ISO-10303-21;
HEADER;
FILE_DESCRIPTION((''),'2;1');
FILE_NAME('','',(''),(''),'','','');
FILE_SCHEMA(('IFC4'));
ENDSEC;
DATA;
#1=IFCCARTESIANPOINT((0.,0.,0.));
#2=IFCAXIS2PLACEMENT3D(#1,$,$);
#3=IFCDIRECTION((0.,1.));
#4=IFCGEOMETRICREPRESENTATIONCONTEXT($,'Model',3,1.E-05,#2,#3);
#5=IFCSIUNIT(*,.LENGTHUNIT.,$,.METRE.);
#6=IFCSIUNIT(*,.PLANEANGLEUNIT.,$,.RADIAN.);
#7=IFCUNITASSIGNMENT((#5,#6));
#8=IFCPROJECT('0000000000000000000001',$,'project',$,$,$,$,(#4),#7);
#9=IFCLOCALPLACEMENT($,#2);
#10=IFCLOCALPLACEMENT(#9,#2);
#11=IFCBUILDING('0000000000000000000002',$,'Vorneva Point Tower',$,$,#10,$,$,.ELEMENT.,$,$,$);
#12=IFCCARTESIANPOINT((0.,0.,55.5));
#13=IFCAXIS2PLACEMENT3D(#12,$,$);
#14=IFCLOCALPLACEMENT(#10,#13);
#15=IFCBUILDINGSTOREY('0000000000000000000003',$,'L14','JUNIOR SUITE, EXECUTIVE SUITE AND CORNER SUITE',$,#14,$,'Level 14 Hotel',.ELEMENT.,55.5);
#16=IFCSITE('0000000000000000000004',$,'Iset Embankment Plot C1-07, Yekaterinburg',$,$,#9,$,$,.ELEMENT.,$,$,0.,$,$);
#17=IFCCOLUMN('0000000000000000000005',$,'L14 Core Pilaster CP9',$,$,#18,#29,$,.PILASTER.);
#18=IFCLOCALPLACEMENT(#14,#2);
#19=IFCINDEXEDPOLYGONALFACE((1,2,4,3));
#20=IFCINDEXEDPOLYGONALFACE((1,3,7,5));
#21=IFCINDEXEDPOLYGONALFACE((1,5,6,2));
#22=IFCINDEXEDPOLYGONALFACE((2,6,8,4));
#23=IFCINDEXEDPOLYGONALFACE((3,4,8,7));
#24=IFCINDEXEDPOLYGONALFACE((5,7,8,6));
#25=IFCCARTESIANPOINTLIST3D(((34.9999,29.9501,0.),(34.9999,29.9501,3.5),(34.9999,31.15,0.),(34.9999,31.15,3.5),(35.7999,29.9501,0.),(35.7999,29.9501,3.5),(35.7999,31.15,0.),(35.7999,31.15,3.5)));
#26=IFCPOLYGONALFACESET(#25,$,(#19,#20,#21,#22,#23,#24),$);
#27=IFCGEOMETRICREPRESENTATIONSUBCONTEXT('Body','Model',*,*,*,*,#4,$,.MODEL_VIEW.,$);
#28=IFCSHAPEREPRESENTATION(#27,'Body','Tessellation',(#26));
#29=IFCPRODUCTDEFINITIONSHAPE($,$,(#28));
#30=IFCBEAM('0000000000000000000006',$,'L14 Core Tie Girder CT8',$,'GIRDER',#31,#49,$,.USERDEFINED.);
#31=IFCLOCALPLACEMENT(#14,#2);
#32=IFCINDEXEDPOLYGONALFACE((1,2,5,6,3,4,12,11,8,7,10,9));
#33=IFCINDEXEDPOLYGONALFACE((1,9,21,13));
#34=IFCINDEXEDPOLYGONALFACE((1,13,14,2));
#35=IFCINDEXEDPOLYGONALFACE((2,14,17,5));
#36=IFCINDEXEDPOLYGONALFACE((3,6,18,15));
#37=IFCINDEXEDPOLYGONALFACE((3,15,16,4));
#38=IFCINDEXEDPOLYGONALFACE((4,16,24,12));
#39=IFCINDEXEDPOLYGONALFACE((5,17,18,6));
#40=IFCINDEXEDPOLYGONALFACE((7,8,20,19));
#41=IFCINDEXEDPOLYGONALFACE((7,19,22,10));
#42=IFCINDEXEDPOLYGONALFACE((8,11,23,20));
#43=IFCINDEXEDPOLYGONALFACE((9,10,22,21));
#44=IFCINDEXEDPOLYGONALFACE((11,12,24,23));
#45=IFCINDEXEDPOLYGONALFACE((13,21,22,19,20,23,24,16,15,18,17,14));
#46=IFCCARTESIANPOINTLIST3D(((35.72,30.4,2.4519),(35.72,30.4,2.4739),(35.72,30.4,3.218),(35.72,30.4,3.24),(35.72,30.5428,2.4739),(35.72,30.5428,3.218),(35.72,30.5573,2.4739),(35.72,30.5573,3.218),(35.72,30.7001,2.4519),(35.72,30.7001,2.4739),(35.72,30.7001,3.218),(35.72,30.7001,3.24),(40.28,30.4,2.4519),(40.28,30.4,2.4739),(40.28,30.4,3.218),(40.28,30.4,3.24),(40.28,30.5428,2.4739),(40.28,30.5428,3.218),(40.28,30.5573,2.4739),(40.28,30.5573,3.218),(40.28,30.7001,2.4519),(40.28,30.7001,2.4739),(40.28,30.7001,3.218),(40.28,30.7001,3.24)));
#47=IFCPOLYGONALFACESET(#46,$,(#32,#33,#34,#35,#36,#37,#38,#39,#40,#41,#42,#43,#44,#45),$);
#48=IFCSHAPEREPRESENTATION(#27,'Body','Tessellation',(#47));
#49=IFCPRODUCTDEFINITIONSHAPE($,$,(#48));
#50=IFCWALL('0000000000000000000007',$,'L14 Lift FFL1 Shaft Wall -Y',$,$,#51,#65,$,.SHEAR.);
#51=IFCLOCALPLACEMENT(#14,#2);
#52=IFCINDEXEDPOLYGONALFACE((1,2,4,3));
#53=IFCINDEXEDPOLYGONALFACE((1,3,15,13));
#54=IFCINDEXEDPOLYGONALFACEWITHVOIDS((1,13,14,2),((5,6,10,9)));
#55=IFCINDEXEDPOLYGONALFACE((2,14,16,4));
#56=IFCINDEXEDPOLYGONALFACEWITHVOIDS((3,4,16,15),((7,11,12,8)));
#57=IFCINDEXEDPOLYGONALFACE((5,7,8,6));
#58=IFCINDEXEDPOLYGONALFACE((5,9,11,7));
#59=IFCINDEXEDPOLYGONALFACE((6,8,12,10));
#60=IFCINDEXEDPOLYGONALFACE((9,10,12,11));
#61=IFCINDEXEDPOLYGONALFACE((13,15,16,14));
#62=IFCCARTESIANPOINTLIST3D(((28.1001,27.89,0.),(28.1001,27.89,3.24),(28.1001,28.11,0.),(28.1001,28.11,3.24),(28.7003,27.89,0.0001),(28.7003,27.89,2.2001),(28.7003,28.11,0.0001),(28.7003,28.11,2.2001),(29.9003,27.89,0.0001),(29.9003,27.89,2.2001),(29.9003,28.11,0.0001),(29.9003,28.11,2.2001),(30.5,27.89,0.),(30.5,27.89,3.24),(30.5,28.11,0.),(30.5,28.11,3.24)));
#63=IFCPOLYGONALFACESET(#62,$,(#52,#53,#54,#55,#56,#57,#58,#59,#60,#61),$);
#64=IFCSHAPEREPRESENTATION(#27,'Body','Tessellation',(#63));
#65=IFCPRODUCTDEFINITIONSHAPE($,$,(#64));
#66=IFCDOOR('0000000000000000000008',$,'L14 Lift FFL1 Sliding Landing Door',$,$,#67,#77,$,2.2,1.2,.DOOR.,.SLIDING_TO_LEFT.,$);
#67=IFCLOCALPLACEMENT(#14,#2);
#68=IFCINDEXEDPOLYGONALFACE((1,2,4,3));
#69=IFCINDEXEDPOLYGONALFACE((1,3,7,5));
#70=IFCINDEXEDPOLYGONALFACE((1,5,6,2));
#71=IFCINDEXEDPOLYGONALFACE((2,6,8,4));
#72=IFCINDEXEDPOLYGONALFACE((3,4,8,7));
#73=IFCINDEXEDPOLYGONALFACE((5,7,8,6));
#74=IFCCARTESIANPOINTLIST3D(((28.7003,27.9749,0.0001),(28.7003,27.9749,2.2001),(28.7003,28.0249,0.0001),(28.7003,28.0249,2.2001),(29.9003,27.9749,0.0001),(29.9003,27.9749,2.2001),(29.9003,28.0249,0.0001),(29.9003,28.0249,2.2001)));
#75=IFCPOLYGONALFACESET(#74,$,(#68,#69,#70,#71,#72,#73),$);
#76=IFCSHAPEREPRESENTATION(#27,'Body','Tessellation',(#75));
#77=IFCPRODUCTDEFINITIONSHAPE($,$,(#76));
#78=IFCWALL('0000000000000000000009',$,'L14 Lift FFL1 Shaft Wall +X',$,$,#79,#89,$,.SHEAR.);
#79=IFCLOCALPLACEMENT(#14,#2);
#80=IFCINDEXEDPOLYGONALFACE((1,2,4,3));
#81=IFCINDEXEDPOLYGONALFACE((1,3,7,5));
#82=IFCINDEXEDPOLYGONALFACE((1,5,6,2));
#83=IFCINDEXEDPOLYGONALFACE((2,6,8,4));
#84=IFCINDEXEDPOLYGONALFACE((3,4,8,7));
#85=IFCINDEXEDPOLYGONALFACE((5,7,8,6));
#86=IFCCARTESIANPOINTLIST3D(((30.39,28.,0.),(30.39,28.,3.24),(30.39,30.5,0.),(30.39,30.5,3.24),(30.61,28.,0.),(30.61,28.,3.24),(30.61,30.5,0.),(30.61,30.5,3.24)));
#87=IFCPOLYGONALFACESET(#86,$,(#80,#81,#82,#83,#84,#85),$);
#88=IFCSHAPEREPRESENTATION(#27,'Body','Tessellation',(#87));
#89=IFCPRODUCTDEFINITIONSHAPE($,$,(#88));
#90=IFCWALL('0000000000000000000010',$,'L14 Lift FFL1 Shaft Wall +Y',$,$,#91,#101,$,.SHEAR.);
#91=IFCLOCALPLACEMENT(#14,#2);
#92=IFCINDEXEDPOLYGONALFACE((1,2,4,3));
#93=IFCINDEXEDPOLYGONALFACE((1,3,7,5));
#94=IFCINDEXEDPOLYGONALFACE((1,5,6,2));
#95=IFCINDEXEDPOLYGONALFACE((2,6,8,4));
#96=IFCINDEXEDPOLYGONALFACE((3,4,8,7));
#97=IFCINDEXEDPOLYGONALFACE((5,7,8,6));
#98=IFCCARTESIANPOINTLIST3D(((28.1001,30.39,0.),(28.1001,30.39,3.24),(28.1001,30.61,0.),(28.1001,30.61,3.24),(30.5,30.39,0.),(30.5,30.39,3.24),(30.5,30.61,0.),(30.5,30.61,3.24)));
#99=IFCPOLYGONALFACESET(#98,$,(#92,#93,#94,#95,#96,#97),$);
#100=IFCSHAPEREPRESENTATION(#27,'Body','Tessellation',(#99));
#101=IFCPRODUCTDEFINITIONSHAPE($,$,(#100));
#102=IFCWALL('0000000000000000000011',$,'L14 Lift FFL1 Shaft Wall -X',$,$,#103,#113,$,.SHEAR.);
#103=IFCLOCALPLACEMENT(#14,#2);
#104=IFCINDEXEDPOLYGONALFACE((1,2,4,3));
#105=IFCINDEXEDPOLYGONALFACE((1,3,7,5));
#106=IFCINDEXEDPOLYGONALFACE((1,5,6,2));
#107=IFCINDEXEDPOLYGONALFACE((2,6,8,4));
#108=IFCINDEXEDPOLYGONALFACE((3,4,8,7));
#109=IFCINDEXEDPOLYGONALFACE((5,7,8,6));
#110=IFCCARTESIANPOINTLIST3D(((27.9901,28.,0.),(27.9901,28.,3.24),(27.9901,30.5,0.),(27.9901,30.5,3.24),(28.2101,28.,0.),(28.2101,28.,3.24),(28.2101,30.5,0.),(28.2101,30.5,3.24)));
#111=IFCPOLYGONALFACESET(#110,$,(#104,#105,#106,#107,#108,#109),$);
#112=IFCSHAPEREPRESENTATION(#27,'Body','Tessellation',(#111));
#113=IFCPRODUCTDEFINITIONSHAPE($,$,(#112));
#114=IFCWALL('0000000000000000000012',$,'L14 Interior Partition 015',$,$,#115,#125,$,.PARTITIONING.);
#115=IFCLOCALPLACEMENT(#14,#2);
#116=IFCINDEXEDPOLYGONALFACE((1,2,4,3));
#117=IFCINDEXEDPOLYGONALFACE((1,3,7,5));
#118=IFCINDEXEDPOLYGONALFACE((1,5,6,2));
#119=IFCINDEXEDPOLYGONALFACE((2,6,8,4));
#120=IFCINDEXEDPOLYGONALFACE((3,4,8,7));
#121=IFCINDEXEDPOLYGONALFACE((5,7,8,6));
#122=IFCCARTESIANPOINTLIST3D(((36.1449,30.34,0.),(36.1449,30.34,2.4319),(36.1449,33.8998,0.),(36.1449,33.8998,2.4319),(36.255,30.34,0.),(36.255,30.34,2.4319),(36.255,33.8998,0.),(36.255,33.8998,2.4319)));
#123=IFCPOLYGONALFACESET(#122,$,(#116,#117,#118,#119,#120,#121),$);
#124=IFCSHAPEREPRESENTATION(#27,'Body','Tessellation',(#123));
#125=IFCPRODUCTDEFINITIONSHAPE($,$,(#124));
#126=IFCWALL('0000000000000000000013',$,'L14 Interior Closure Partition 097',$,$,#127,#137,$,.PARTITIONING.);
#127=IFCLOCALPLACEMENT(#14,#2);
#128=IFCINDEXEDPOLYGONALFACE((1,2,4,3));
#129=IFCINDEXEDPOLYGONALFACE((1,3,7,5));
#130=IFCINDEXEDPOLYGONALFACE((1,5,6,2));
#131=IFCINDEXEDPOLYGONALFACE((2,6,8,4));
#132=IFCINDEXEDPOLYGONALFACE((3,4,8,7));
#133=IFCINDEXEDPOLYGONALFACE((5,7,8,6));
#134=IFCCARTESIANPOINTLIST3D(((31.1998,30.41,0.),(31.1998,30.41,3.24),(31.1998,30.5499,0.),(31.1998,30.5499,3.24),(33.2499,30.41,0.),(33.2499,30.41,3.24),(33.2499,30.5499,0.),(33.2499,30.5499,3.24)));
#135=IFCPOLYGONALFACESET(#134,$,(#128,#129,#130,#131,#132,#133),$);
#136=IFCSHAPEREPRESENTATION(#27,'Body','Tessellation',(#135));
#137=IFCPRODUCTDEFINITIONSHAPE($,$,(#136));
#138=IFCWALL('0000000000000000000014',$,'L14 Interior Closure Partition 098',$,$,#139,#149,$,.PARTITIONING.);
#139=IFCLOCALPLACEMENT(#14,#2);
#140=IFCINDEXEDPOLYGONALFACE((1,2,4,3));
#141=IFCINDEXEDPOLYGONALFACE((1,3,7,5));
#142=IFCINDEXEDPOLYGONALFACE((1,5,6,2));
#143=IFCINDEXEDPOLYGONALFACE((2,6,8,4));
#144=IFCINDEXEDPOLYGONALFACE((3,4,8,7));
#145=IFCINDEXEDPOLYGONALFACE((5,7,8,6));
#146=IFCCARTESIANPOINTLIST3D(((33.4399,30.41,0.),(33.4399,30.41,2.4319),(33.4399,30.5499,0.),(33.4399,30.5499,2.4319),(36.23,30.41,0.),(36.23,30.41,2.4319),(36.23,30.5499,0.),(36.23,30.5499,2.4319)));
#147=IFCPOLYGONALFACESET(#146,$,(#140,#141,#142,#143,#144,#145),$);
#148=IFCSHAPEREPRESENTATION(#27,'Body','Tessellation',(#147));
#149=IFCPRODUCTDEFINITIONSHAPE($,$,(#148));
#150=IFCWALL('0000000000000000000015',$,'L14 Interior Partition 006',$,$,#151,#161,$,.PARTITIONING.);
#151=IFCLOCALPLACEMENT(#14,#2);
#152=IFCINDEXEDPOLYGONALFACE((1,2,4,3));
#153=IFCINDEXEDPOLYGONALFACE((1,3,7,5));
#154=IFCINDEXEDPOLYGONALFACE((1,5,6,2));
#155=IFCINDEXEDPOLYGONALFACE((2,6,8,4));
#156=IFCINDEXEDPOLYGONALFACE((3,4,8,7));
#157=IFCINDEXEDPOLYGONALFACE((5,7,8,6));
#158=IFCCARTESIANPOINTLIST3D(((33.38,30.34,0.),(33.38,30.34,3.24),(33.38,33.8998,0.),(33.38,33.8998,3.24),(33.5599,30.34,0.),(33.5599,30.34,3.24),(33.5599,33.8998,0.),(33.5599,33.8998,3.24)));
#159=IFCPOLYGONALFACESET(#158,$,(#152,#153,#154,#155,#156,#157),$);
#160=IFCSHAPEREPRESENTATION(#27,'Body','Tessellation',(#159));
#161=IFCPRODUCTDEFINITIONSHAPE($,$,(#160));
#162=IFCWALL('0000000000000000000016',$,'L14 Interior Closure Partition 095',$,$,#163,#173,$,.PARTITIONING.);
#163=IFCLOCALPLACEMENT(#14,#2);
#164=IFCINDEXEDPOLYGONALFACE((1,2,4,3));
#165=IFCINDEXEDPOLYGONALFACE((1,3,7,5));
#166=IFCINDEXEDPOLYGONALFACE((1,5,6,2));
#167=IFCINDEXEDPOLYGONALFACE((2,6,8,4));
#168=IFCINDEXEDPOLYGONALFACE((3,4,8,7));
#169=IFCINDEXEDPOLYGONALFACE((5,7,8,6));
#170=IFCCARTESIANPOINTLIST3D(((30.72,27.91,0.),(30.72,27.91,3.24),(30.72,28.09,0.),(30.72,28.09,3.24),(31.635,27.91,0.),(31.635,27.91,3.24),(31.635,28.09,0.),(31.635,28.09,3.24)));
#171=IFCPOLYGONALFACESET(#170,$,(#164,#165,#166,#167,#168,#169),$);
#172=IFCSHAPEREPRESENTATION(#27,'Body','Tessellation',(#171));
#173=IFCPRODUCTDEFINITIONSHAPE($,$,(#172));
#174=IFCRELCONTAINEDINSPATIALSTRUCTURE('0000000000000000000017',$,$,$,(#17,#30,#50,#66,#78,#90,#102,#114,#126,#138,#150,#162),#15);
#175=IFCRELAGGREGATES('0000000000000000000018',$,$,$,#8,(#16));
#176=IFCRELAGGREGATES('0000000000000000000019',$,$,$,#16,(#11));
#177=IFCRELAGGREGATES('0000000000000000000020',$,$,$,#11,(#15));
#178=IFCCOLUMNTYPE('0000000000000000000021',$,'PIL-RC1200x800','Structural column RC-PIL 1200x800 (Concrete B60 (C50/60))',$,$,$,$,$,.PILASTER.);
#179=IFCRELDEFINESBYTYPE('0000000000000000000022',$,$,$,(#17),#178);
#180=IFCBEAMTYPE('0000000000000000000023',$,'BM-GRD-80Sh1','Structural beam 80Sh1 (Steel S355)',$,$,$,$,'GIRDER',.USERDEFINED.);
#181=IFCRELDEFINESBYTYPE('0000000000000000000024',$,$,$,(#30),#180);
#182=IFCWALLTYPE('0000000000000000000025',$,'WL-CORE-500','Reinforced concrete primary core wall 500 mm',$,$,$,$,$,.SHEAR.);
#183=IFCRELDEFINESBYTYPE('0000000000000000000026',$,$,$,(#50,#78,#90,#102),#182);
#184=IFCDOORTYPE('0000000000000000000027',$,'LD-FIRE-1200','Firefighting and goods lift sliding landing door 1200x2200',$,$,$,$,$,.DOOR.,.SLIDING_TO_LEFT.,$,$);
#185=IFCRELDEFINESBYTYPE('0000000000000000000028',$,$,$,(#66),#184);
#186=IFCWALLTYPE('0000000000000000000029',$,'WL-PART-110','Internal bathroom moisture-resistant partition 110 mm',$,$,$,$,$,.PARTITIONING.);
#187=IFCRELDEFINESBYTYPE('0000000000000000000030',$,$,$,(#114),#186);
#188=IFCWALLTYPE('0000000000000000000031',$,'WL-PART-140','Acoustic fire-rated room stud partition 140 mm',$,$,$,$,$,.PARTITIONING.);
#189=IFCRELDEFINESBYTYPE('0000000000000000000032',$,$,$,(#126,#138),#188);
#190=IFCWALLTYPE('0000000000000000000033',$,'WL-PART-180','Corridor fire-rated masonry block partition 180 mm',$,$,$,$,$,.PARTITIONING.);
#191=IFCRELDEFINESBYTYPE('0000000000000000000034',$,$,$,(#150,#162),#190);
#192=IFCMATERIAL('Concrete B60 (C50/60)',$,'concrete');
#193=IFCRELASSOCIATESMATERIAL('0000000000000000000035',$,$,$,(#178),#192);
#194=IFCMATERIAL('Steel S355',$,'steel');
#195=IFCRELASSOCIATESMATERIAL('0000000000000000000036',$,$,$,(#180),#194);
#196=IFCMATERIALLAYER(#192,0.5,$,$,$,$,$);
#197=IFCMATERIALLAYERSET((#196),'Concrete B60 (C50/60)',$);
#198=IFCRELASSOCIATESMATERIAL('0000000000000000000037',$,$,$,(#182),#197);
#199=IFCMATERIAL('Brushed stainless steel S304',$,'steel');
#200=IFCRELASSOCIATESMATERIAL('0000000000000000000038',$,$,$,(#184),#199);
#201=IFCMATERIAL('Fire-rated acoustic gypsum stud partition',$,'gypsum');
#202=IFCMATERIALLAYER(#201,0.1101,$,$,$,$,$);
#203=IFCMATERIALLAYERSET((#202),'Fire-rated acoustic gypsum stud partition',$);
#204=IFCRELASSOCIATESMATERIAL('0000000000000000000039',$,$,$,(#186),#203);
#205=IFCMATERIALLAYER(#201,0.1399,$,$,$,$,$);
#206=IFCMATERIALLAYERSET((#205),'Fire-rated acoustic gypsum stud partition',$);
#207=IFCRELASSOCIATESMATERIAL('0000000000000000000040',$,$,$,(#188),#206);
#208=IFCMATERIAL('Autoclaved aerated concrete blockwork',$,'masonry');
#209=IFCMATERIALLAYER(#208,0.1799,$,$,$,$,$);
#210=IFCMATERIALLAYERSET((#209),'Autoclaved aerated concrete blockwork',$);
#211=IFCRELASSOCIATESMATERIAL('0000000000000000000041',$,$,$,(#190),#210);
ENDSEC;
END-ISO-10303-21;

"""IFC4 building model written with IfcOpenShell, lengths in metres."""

from ifc_helpers import new_model, si_unit, direction, frame, frame_2d, origin, origin_2d, place, context, subcontext, project, spatial, rectangle, i_section, extrude, material, layer, layer_set, material_profile, profile_set, type_object, element, fill, save


model = new_model("IFC4")

# Units and contexts
model_context = context("Model", 3, precision=1e-05, world=origin(), true_north=direction((0.0, 1.0)))
body_context = subcontext(model_context, "Body", "Model", "MODEL_VIEW")
ifc_project = project(units=[si_unit("LENGTHUNIT", "METRE"), si_unit("PLANEANGLEUNIT", "RADIAN")], contexts=[model_context])

# Site, building, storey
site_placement = place(None, origin())
site = spatial("IfcSite", under=ifc_project, at=site_placement, Name="Iset Embankment Plot C1-07, Yekaterinburg", CompositionType="ELEMENT", RefElevation=0.0)
building_placement = place(site_placement, origin())
building = spatial("IfcBuilding", under=site, at=building_placement, Name="Vorneva Point Tower", CompositionType="ELEMENT")
storey_placement = place(building_placement, frame((0.0, 0.0, 55.5)))
storey = spatial("IfcBuildingStorey", under=building, at=storey_placement, Name="L14", Description="JUNIOR SUITE, EXECUTIVE SUITE AND CORNER SUITE", LongName="Level 14 Hotel", CompositionType="ELEMENT", Elevation=55.5)

# Column
ifc_material_1 = material(Name="Concrete B60 (C50/60)", Category="concrete")
ifc_material_profile_1 = material_profile(ifc_material_1, rectangle(XDim=0.8, YDim=1.2, at=origin_2d()), Name="RC-PIL 1200x800")
ifc_profile_set_1 = profile_set([ifc_material_profile_1], Name="Concrete B60 (C50/60)")
column_type = type_object("IfcColumnType", Name="PIL-RC1200x800", Description="Structural column RC-PIL 1200x800 (Concrete B60 (C50/60))", PredefinedType="PILASTER", material=ifc_profile_set_1)
column_placement = place(storey_placement, frame((35.3999, 30.55, 0.0), z_axis=(0.0, 0.0, 1.0), x_axis=(1.0, 0.0, 0.0)))
element("IfcColumn", 1, at=column_placement, inside=storey, type_object=column_type, Name="L14 Core Pilaster CP9", PredefinedType="PILASTER", context=body_context, shape_type="SweptSolid", body=[
    extrude(rectangle(XDim=0.8, YDim=1.2, at=origin_2d()), origin(), (0.0, 0.0, 1.0), 3.5),
])

# Beam
ifc_material_2 = material(Name="Steel S355", Category="steel")
ifc_material_profile_2 = material_profile(ifc_material_2, i_section(OverallWidth=0.3, OverallDepth=0.7881, WebThickness=0.0144, FlangeThickness=0.022, at=origin_2d()), Name="80Sh1")
ifc_profile_set_2 = profile_set([ifc_material_profile_2], Name="Steel S355")
beam_type = type_object("IfcBeamType", Name="BM-GRD-80Sh1", Description="Structural beam 80Sh1 (Steel S355)", ElementType="GIRDER", PredefinedType="USERDEFINED", material=ifc_profile_set_2)
beam_placement = place(storey_placement, frame((35.72, 30.55, 2.8459), z_axis=(1.0, 0.0, 0.0), x_axis=(0.0, 1.0, 0.0)))
element("IfcBeam", 2, at=beam_placement, inside=storey, type_object=beam_type, Name="L14 Core Tie Girder CT8", ObjectType="GIRDER", PredefinedType="USERDEFINED", context=body_context, shape_type="SweptSolid", body=[
    extrude(i_section(OverallWidth=0.3, OverallDepth=0.7881, WebThickness=0.0144, FlangeThickness=0.022, at=origin_2d()), origin(), (0.0, 0.0, 1.0), 4.5601),
])

# Wall, opening, door
ifc_layer_1 = layer(ifc_material_1, 0.5)
ifc_layer_set_1 = layer_set([ifc_layer_1], Name="Concrete B60 (C50/60)")
wall_type_1 = type_object("IfcWallType", Name="WL-CORE-500", Description="Reinforced concrete primary core wall 500 mm", PredefinedType="SHEAR", material=ifc_layer_set_1)
wall_1_placement = place(storey_placement, frame((28.1001, 28.0, 0.0), z_axis=(0.0, 0.0, 1.0), x_axis=(1.0, 0.0, 0.0)))
wall_1 = element("IfcWall", 3, at=wall_1_placement, inside=storey, type_object=wall_type_1, Name="L14 Lift FFL1 Shaft Wall -Y", PredefinedType="SHEAR", context=body_context, shape_type="SweptSolid", body=[
    extrude(rectangle(XDim=2.3999, YDim=0.22, at=frame_2d((1.2, 0.0))), origin(), (0.0, 0.0, 1.0), 3.24),
])
opening_1_placement = place(wall_1_placement, frame((0.6001, 0.0, 0.0)))
opening_1 = element("IfcOpeningElement", 4, at=opening_1_placement, cuts=wall_1, PredefinedType="OPENING", context=body_context, shape_type="SweptSolid", body=[
    extrude(rectangle(XDim=1.2, YDim=2.2, at=frame_2d((0.6001, 1.1001))), frame((0.0, 0.125, 0.0), z_axis=(0.0, -1.0, 0.0), x_axis=(1.0, 0.0, 0.0)), (0.0, 0.0, 1.0), 0.2498),
])
ifc_material_3 = material(Name="Brushed stainless steel S304", Category="steel")
door_type_1 = type_object("IfcDoorType", Name="LD-FIRE-1200", Description="Firefighting and goods lift sliding landing door 1200x2200", OperationType="SLIDING_TO_LEFT", PredefinedType="DOOR", material=ifc_material_3)
door_1_placement = place(opening_1_placement, origin())
door_1 = element("IfcDoor", 5, at=door_1_placement, inside=storey, type_object=door_type_1, Name="L14 Lift FFL1 Sliding Landing Door", OperationType="SLIDING_TO_LEFT", OverallHeight=2.2, OverallWidth=1.2, PredefinedType="DOOR", context=body_context, shape_type="SweptSolid", body=[
    extrude(rectangle(XDim=1.2, YDim=2.2, at=frame_2d((0.6001, 1.1001))), frame((0.0, 0.0249, 0.0), z_axis=(0.0, -1.0, 0.0), x_axis=(1.0, 0.0, 0.0)), (0.0, 0.0, 1.0), 0.05),
])
fill(opening_1, door_1)

# Walls
wall_2_placement = place(storey_placement, frame((30.5, 28.0, 0.0), z_axis=(0.0, 0.0, 1.0), x_axis=(0.0, 1.0, 0.0)))
element("IfcWall", 6, at=wall_2_placement, inside=storey, type_object=wall_type_1, Name="L14 Lift FFL1 Shaft Wall +X", PredefinedType="SHEAR", context=body_context, shape_type="SweptSolid", body=[
    extrude(rectangle(XDim=2.5, YDim=0.22, at=frame_2d((1.25, 0.0))), origin(), (0.0, 0.0, 1.0), 3.24),
])
wall_3_placement = place(storey_placement, frame((30.5, 30.5, 0.0), z_axis=(0.0, 0.0, 1.0), x_axis=(-1.0, 0.0, 0.0)))
element("IfcWall", 7, at=wall_3_placement, inside=storey, type_object=wall_type_1, Name="L14 Lift FFL1 Shaft Wall +Y", PredefinedType="SHEAR", context=body_context, shape_type="SweptSolid", body=[
    extrude(rectangle(XDim=2.3999, YDim=0.22, at=frame_2d((1.2, 0.0))), origin(), (0.0, 0.0, 1.0), 3.24),
])
wall_4_placement = place(storey_placement, frame((28.1001, 30.5, 0.0), z_axis=(0.0, 0.0, 1.0), x_axis=(0.0, -1.0, 0.0)))
element("IfcWall", 8, at=wall_4_placement, inside=storey, type_object=wall_type_1, Name="L14 Lift FFL1 Shaft Wall -X", PredefinedType="SHEAR", context=body_context, shape_type="SweptSolid", body=[
    extrude(rectangle(XDim=2.5, YDim=0.22, at=frame_2d((1.25, 0.0))), origin(), (0.0, 0.0, 1.0), 3.24),
])
ifc_material_4 = material(Name="Fire-rated acoustic gypsum stud partition", Category="gypsum")
ifc_layer_2 = layer(ifc_material_4, 0.1101)
ifc_layer_set_2 = layer_set([ifc_layer_2], Name="Fire-rated acoustic gypsum stud partition")
wall_type_2 = type_object("IfcWallType", Name="WL-PART-110", Description="Internal bathroom moisture-resistant partition 110 mm", PredefinedType="PARTITIONING", material=ifc_layer_set_2)
wall_5_placement = place(storey_placement, frame((36.2, 30.3401, 0.0), z_axis=(0.0, 0.0, 1.0), x_axis=(0.0, 1.0, 0.0)))
element("IfcWall", 9, at=wall_5_placement, inside=storey, type_object=wall_type_2, Name="L14 Interior Partition 015", PredefinedType="PARTITIONING", context=body_context, shape_type="SweptSolid", body=[
    extrude(rectangle(XDim=3.5598, YDim=0.1101, at=frame_2d((1.7798, 0.0))), origin(), (0.0, 0.0, 1.0), 2.4319),
])
ifc_layer_3 = layer(ifc_material_4, 0.1399)
ifc_layer_set_3 = layer_set([ifc_layer_3], Name="Fire-rated acoustic gypsum stud partition")
wall_type_3 = type_object("IfcWallType", Name="WL-PART-140", Description="Acoustic fire-rated room stud partition 140 mm", PredefinedType="PARTITIONING", material=ifc_layer_set_3)
wall_6_placement = place(storey_placement, frame((31.2, 30.48, 0.0), z_axis=(0.0, 0.0, 1.0), x_axis=(1.0, 0.0, 0.0)))
element("IfcWall", 10, at=wall_6_placement, inside=storey, type_object=wall_type_3, Name="L14 Interior Closure Partition 097", PredefinedType="PARTITIONING", context=body_context, shape_type="SweptSolid", body=[
    extrude(rectangle(XDim=2.05, YDim=0.1399, at=frame_2d((1.0249, 0.0))), origin(), (0.0, 0.0, 1.0), 3.24),
])
wall_7_placement = place(storey_placement, frame((33.4399, 30.48, 0.0), z_axis=(0.0, 0.0, 1.0), x_axis=(1.0, 0.0, 0.0)))
element("IfcWall", 11, at=wall_7_placement, inside=storey, type_object=wall_type_3, Name="L14 Interior Closure Partition 098", PredefinedType="PARTITIONING", context=body_context, shape_type="SweptSolid", body=[
    extrude(rectangle(XDim=2.79, YDim=0.1399, at=frame_2d((1.395, 0.0))), origin(), (0.0, 0.0, 1.0), 2.4319),
])

# Shared definitions
ifc_material_5 = material(Name="Autoclaved aerated concrete blockwork", Category="masonry")
ifc_layer_4 = layer(ifc_material_5, 0.1799)
ifc_layer_set_4 = layer_set([ifc_layer_4], Name="Autoclaved aerated concrete blockwork")
wall_type_4 = type_object("IfcWallType", Name="WL-PART-180", Description="Corridor fire-rated masonry block partition 180 mm", PredefinedType="PARTITIONING", material=ifc_layer_set_4)

# Walls
wall_8_placement = place(storey_placement, frame((33.47, 30.3401, 0.0), z_axis=(0.0, 0.0, 1.0), x_axis=(0.0, 1.0, 0.0)))
element("IfcWall", 12, at=wall_8_placement, inside=storey, type_object=wall_type_4, Name="L14 Interior Partition 006", PredefinedType="PARTITIONING", context=body_context, shape_type="SweptSolid", body=[
    extrude(rectangle(XDim=3.5598, YDim=0.1799, at=frame_2d((1.7798, 0.0))), origin(), (0.0, 0.0, 1.0), 3.24),
])
wall_9_placement = place(storey_placement, frame((31.635, 28.0, 0.0), z_axis=(0.0, 0.0, 1.0), x_axis=(-1.0, 0.0, 0.0)))
element("IfcWall", 13, at=wall_9_placement, inside=storey, type_object=wall_type_4, Name="L14 Interior Closure Partition 095", PredefinedType="PARTITIONING", context=body_context, shape_type="SweptSolid", body=[
    extrude(rectangle(XDim=0.915, YDim=0.1799, at=frame_2d((0.4575, 0.0))), origin(), (0.0, 0.0, 1.0), 3.24),
])

save(model, "model.ifc")
